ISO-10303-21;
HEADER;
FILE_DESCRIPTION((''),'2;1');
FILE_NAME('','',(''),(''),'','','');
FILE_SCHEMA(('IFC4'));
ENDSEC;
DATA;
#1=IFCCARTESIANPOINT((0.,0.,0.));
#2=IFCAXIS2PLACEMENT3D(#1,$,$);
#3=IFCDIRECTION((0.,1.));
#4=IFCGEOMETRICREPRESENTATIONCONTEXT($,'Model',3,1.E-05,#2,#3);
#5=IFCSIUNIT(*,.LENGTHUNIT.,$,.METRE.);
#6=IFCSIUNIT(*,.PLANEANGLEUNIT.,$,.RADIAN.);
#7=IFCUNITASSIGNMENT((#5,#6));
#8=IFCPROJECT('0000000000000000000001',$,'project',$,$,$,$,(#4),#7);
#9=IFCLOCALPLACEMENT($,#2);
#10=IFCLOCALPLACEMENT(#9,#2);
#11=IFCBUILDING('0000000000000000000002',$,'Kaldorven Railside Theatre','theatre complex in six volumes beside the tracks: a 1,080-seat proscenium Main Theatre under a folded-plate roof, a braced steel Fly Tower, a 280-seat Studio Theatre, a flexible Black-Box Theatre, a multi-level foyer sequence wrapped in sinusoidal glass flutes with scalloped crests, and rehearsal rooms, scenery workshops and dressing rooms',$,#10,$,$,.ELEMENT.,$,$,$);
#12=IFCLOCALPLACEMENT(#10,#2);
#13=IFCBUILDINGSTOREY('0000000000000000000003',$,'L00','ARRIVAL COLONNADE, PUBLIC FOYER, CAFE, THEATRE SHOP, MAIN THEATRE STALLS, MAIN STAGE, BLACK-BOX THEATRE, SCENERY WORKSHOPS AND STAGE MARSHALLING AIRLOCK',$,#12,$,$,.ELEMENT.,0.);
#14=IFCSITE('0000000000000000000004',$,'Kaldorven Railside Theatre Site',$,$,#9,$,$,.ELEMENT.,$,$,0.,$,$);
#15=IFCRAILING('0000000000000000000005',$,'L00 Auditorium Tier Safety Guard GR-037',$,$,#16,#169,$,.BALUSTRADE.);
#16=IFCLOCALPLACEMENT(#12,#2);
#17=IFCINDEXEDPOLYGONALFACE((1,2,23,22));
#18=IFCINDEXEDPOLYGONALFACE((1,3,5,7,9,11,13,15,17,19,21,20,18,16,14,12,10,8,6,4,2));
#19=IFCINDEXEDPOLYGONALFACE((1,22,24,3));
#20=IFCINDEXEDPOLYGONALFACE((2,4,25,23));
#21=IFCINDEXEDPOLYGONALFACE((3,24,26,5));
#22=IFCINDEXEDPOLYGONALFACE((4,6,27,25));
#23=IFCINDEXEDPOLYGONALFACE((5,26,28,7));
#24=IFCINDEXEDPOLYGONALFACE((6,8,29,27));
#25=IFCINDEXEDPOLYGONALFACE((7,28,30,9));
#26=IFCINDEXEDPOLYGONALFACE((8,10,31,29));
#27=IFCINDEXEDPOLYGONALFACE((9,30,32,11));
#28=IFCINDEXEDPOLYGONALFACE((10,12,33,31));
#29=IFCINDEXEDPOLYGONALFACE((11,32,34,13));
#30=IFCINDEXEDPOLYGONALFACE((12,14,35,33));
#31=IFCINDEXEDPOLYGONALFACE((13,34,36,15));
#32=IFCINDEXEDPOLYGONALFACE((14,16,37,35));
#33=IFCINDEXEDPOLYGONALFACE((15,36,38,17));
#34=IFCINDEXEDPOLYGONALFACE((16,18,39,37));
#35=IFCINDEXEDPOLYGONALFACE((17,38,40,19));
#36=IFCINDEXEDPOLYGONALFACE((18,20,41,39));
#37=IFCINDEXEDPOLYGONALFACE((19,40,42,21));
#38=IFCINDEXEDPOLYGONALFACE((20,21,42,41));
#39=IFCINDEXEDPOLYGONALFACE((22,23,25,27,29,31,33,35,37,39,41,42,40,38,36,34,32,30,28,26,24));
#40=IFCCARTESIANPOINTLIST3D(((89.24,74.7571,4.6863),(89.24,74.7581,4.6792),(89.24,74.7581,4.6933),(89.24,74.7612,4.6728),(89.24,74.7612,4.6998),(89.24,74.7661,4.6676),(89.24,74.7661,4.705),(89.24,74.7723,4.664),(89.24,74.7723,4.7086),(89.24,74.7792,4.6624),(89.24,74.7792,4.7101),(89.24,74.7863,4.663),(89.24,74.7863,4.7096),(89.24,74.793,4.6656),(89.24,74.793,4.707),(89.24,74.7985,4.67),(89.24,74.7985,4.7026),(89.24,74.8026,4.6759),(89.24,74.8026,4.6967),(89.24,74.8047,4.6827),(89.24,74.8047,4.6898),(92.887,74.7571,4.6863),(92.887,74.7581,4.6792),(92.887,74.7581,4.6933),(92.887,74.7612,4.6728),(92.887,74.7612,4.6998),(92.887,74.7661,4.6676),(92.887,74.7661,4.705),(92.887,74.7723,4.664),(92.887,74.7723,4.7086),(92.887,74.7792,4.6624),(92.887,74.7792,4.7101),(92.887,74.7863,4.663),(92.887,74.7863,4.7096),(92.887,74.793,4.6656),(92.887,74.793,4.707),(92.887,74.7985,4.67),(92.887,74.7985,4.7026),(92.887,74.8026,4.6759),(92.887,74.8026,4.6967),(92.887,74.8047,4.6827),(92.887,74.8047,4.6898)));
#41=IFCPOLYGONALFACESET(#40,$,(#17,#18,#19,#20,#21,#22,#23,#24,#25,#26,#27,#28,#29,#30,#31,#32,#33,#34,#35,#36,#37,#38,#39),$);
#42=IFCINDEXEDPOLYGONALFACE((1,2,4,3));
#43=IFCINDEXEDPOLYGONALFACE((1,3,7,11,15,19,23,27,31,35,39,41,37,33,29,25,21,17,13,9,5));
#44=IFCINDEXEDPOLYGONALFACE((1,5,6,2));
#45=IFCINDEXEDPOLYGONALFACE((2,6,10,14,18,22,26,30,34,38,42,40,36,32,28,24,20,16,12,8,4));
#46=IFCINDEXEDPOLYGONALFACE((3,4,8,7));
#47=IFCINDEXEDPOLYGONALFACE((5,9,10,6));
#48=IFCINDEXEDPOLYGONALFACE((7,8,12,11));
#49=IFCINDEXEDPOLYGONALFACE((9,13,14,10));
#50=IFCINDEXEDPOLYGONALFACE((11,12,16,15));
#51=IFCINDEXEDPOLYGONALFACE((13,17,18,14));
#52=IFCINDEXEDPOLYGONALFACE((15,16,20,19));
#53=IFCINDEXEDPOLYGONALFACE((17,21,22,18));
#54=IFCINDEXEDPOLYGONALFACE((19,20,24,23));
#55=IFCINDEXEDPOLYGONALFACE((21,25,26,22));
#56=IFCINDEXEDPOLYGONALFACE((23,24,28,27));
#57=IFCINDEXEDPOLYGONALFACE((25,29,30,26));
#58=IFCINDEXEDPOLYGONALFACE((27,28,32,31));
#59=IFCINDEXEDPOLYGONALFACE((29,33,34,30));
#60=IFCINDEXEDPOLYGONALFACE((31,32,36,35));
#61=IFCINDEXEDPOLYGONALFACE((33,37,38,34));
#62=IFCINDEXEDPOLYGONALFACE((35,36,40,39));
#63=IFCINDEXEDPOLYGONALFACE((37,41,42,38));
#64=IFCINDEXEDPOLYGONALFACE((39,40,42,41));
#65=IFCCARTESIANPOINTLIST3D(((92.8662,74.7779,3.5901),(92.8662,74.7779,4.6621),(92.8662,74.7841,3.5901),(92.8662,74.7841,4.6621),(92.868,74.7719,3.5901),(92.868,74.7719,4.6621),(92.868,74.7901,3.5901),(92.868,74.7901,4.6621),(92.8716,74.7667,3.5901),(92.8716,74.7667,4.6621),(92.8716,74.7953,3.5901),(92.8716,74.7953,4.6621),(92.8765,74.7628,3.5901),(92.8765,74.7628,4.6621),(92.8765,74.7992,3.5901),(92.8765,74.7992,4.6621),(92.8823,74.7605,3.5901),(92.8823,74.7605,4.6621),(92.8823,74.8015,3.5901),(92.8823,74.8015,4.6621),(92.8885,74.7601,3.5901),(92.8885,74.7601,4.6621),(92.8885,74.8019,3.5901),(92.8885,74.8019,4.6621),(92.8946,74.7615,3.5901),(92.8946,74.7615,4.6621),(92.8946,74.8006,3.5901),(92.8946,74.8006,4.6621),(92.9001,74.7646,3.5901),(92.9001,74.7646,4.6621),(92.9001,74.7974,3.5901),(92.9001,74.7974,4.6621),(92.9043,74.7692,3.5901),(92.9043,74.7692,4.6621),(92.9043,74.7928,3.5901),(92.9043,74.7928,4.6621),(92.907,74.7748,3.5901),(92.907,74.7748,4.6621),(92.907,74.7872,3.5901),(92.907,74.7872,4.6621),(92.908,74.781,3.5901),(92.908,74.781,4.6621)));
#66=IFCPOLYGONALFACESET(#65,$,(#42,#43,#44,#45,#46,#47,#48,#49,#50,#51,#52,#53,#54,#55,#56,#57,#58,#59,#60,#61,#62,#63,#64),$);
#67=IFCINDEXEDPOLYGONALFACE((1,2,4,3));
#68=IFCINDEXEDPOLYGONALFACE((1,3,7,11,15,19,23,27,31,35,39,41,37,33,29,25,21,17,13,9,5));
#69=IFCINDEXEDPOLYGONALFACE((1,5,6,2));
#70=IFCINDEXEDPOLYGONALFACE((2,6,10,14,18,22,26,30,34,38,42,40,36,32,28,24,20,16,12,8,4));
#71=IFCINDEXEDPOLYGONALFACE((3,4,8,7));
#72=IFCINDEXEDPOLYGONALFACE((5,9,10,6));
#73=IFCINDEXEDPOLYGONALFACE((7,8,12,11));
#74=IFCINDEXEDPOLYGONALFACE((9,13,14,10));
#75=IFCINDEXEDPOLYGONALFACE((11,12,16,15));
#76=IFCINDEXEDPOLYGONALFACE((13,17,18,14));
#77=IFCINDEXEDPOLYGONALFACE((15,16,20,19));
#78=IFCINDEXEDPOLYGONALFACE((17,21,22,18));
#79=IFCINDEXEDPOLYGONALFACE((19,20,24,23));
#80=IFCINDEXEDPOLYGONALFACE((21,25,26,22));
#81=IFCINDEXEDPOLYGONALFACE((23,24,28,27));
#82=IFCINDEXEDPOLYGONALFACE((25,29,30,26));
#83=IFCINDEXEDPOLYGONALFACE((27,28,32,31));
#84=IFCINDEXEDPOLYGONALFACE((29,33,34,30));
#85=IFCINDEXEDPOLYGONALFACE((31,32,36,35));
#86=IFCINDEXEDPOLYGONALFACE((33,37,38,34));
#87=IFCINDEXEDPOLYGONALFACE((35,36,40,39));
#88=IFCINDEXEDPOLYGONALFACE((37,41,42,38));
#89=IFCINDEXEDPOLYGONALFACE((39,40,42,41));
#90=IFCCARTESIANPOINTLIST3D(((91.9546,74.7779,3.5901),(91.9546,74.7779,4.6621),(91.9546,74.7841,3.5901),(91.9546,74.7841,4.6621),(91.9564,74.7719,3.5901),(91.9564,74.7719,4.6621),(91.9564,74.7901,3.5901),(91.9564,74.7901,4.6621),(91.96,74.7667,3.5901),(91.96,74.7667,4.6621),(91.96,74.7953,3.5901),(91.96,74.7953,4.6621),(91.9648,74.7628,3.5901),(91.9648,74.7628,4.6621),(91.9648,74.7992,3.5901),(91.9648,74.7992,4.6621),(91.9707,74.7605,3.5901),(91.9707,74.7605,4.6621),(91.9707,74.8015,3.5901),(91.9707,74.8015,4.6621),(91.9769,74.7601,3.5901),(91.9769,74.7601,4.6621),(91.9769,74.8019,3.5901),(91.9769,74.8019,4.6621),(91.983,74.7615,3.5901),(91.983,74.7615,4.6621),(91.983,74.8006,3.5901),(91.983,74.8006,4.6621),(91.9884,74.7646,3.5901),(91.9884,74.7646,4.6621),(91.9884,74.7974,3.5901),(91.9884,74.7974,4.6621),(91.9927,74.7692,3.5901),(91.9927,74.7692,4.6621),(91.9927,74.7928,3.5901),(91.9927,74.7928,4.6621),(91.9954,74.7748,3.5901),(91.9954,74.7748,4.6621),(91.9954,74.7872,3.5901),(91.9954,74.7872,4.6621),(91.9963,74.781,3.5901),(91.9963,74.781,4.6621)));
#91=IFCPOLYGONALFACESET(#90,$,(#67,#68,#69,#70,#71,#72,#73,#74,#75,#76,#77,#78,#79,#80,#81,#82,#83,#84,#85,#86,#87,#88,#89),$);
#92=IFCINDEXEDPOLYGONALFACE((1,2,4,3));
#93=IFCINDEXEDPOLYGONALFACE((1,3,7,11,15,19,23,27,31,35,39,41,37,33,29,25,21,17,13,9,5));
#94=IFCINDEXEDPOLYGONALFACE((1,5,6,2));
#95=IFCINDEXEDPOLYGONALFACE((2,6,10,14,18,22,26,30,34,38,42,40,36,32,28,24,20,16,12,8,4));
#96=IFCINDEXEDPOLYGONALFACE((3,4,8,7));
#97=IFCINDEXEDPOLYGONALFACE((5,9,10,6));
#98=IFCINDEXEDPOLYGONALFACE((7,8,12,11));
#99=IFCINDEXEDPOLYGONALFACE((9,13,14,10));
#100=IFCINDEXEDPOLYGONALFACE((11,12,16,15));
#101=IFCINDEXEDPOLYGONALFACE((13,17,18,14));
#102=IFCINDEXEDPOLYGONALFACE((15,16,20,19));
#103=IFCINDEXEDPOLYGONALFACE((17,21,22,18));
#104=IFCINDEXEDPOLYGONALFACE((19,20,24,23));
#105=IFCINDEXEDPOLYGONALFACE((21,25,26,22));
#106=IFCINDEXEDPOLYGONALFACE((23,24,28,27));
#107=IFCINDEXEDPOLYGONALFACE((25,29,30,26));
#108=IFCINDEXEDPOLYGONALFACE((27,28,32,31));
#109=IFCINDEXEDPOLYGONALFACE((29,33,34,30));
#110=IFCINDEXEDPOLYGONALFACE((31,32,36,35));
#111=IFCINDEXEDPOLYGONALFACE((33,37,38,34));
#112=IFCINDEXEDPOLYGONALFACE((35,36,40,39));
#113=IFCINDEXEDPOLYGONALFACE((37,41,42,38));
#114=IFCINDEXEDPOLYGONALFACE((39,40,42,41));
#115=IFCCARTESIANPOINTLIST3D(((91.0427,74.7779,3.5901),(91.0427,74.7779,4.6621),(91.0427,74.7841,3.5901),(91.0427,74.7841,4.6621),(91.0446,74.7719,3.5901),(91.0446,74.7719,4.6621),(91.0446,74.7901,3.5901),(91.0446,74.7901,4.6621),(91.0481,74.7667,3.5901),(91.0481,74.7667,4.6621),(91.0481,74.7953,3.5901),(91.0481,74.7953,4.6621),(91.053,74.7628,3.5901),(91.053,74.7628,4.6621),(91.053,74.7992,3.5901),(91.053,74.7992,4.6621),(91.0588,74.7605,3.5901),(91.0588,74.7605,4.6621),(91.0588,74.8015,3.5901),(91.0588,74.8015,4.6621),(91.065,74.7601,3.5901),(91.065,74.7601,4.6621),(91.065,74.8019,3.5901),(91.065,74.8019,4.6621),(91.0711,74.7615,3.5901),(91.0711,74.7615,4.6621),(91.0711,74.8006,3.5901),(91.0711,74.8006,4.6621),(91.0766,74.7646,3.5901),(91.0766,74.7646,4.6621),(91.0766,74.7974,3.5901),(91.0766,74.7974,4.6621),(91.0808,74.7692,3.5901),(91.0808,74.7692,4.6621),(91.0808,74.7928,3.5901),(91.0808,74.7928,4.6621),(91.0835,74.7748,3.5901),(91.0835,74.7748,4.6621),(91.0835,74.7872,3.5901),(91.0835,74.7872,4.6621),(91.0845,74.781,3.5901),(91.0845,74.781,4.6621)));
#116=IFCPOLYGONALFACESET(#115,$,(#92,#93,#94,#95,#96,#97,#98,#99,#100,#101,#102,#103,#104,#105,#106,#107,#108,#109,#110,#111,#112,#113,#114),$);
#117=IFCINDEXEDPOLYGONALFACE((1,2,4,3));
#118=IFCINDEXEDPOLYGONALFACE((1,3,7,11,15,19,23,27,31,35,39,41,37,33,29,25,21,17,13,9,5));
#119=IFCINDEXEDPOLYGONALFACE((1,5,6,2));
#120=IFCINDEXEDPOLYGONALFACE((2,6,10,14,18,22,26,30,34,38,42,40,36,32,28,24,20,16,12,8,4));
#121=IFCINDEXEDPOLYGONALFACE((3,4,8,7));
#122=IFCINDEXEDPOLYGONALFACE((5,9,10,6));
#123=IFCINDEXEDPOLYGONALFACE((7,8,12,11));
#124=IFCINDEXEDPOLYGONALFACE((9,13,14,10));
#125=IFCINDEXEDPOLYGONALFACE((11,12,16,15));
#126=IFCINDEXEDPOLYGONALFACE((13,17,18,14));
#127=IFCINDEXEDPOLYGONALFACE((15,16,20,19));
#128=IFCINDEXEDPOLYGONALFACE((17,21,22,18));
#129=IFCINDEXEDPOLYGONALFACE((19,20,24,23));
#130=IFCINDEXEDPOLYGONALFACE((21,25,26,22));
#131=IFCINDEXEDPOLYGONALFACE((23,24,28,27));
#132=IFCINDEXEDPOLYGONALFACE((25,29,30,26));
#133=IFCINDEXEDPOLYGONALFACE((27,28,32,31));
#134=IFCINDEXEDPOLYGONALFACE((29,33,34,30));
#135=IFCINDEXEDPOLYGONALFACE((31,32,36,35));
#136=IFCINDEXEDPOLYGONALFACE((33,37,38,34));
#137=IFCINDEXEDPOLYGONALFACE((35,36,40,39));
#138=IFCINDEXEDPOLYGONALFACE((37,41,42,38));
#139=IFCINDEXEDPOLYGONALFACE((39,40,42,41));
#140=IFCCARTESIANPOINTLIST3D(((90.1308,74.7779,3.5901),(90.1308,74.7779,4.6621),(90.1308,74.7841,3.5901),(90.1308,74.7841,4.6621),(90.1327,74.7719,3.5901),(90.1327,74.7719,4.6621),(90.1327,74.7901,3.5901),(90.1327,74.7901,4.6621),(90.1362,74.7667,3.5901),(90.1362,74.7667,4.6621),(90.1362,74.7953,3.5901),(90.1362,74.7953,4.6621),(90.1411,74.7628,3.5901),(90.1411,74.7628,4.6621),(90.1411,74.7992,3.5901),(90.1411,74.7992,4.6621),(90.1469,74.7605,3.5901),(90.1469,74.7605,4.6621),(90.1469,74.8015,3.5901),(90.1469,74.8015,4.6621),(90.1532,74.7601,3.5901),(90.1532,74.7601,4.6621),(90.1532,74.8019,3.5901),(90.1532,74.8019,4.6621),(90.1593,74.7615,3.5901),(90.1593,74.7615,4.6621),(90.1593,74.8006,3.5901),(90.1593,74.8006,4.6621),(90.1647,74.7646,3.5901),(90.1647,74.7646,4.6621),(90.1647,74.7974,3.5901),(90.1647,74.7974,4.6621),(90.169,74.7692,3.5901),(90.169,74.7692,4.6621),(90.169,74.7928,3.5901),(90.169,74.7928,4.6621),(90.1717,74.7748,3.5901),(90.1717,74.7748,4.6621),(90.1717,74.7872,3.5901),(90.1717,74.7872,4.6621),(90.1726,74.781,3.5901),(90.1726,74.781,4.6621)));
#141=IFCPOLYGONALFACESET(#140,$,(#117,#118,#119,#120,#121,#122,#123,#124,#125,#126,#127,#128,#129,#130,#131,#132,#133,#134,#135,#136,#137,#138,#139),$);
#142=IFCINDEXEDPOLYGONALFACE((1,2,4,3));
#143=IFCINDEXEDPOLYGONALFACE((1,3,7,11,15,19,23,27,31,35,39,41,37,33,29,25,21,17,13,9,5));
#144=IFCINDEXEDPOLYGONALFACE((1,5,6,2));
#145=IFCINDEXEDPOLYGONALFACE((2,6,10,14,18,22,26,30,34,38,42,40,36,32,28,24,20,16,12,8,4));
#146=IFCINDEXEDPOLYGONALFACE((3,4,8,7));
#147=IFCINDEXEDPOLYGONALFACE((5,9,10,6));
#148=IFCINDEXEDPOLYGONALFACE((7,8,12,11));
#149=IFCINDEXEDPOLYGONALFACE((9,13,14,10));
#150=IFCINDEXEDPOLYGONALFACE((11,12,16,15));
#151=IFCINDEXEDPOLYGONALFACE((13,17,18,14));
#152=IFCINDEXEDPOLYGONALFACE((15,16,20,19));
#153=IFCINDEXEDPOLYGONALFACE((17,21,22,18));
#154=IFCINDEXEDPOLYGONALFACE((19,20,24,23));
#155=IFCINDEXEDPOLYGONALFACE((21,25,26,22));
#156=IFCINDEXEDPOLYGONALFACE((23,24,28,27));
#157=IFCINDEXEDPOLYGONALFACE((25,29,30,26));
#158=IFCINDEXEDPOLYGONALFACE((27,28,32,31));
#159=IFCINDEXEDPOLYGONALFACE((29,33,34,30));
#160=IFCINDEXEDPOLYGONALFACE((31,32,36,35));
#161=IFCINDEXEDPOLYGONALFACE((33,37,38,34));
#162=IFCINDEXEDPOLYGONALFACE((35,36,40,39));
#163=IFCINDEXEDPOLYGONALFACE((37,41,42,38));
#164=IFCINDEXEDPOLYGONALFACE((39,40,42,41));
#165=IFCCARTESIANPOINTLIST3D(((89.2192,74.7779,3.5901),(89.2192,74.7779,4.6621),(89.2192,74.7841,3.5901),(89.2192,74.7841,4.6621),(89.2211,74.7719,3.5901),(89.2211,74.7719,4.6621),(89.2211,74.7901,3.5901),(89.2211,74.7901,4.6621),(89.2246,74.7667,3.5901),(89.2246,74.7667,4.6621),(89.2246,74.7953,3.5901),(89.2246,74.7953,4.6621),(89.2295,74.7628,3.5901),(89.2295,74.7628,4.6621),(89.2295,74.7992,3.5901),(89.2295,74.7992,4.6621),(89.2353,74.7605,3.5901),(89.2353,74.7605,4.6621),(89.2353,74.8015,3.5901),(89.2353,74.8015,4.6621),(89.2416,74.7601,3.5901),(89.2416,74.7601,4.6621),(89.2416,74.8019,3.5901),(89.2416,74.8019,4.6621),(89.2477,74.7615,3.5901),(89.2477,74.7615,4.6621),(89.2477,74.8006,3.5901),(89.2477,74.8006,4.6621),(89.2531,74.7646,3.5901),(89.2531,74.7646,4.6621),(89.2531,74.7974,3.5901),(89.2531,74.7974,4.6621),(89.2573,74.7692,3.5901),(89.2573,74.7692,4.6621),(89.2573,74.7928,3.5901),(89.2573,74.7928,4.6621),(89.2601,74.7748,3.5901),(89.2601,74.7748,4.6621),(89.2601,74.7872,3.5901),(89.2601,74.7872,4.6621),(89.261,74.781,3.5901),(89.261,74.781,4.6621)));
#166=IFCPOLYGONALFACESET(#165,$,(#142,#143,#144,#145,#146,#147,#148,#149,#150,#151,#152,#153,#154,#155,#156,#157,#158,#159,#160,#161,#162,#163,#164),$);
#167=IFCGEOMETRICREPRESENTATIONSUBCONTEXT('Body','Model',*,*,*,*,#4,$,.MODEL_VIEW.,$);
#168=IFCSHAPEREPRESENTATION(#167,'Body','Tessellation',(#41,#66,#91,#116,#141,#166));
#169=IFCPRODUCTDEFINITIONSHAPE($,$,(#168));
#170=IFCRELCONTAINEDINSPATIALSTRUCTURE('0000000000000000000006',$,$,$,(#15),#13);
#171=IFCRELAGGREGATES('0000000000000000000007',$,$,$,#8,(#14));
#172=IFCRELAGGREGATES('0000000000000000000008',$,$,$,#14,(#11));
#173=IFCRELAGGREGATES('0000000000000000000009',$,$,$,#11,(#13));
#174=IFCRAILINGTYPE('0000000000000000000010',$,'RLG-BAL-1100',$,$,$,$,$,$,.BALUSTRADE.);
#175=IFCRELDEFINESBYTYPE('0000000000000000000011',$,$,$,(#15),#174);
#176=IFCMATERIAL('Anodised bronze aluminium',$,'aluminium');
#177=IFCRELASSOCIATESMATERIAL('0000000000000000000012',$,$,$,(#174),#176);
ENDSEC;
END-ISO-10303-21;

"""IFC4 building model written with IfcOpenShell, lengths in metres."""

from ifc_helpers import new_model, si_unit, direction, frame, origin, origin_2d, place, context, subcontext, project, spatial, circle, extrude, material, type_object, element, save


model = new_model("IFC4")

# Units and contexts
model_context = context("Model", 3, precision=1e-05, world=origin(), true_north=direction((0.0, 1.0)))
body_context = subcontext(model_context, "Body", "Model", "MODEL_VIEW")
ifc_project = project(units=[si_unit("LENGTHUNIT", "METRE"), si_unit("PLANEANGLEUNIT", "RADIAN")], contexts=[model_context])

# Site, building, storey
site_placement = place(None, origin())
site = spatial("IfcSite", under=ifc_project, at=site_placement, Name="Kaldorven Railside Theatre Site", CompositionType="ELEMENT", RefElevation=0.0)
building_placement = place(site_placement, origin())
building = spatial("IfcBuilding", under=site, at=building_placement, Name="Kaldorven Railside Theatre", Description="theatre complex in six volumes beside the tracks: a 1,080-seat proscenium Main Theatre under a folded-plate roof, a braced steel Fly Tower, a 280-seat Studio Theatre, a flexible Black-Box Theatre, a multi-level foyer sequence wrapped in sinusoidal glass flutes with scalloped crests, and rehearsal rooms, scenery workshops and dressing rooms", CompositionType="ELEMENT")
storey_placement = place(building_placement, origin())
storey = spatial("IfcBuildingStorey", under=building, at=storey_placement, Name="L00", Description="ARRIVAL COLONNADE, PUBLIC FOYER, CAFE, THEATRE SHOP, MAIN THEATRE STALLS, MAIN STAGE, BLACK-BOX THEATRE, SCENERY WORKSHOPS AND STAGE MARSHALLING AIRLOCK", CompositionType="ELEMENT", Elevation=0.0)

# Railing
ifc_material_1 = material(Name="Anodised bronze aluminium", Category="aluminium")
railing_type = type_object("IfcRailingType", Name="RLG-BAL-1100", PredefinedType="BALUSTRADE", material=ifc_material_1)
for number, where, name in (
    (1, (92.887, 74.781, 3.5901), "L00 Auditorium Tier Safety Guard GR-037"),
):
    element("IfcRailing", number, at=place(storey_placement, frame(where)), inside=storey, type_object=railing_type, Name=name, PredefinedType="BALUSTRADE", context=body_context, shape_type="SweptSolid", body=[
        extrude(circle(Radius=0.0239, at=origin_2d()), frame((0.0, 0.0, 1.0962), z_axis=(-1.0, 0.0, 0.0), x_axis=(0.0, -1.0, 0.0)), (0.0, 0.0, 1.0), 3.647),
        extrude(circle(Radius=0.021, at=origin_2d()), origin(), (0.0, 0.0, 1.0), 1.072),
        extrude(circle(Radius=0.021, at=origin_2d()), frame((-0.9116, 0.0, 0.0)), (0.0, 0.0, 1.0), 1.072),
        extrude(circle(Radius=0.021, at=origin_2d()), frame((-1.8235, 0.0, 0.0)), (0.0, 0.0, 1.0), 1.072),
        extrude(circle(Radius=0.021, at=origin_2d()), frame((-2.7354, 0.0, 0.0)), (0.0, 0.0, 1.0), 1.072),
        extrude(circle(Radius=0.021, at=origin_2d()), frame((-3.647, 0.0, 0.0)), (0.0, 0.0, 1.0), 1.072),
    ])

save(model, "model.ifc")
